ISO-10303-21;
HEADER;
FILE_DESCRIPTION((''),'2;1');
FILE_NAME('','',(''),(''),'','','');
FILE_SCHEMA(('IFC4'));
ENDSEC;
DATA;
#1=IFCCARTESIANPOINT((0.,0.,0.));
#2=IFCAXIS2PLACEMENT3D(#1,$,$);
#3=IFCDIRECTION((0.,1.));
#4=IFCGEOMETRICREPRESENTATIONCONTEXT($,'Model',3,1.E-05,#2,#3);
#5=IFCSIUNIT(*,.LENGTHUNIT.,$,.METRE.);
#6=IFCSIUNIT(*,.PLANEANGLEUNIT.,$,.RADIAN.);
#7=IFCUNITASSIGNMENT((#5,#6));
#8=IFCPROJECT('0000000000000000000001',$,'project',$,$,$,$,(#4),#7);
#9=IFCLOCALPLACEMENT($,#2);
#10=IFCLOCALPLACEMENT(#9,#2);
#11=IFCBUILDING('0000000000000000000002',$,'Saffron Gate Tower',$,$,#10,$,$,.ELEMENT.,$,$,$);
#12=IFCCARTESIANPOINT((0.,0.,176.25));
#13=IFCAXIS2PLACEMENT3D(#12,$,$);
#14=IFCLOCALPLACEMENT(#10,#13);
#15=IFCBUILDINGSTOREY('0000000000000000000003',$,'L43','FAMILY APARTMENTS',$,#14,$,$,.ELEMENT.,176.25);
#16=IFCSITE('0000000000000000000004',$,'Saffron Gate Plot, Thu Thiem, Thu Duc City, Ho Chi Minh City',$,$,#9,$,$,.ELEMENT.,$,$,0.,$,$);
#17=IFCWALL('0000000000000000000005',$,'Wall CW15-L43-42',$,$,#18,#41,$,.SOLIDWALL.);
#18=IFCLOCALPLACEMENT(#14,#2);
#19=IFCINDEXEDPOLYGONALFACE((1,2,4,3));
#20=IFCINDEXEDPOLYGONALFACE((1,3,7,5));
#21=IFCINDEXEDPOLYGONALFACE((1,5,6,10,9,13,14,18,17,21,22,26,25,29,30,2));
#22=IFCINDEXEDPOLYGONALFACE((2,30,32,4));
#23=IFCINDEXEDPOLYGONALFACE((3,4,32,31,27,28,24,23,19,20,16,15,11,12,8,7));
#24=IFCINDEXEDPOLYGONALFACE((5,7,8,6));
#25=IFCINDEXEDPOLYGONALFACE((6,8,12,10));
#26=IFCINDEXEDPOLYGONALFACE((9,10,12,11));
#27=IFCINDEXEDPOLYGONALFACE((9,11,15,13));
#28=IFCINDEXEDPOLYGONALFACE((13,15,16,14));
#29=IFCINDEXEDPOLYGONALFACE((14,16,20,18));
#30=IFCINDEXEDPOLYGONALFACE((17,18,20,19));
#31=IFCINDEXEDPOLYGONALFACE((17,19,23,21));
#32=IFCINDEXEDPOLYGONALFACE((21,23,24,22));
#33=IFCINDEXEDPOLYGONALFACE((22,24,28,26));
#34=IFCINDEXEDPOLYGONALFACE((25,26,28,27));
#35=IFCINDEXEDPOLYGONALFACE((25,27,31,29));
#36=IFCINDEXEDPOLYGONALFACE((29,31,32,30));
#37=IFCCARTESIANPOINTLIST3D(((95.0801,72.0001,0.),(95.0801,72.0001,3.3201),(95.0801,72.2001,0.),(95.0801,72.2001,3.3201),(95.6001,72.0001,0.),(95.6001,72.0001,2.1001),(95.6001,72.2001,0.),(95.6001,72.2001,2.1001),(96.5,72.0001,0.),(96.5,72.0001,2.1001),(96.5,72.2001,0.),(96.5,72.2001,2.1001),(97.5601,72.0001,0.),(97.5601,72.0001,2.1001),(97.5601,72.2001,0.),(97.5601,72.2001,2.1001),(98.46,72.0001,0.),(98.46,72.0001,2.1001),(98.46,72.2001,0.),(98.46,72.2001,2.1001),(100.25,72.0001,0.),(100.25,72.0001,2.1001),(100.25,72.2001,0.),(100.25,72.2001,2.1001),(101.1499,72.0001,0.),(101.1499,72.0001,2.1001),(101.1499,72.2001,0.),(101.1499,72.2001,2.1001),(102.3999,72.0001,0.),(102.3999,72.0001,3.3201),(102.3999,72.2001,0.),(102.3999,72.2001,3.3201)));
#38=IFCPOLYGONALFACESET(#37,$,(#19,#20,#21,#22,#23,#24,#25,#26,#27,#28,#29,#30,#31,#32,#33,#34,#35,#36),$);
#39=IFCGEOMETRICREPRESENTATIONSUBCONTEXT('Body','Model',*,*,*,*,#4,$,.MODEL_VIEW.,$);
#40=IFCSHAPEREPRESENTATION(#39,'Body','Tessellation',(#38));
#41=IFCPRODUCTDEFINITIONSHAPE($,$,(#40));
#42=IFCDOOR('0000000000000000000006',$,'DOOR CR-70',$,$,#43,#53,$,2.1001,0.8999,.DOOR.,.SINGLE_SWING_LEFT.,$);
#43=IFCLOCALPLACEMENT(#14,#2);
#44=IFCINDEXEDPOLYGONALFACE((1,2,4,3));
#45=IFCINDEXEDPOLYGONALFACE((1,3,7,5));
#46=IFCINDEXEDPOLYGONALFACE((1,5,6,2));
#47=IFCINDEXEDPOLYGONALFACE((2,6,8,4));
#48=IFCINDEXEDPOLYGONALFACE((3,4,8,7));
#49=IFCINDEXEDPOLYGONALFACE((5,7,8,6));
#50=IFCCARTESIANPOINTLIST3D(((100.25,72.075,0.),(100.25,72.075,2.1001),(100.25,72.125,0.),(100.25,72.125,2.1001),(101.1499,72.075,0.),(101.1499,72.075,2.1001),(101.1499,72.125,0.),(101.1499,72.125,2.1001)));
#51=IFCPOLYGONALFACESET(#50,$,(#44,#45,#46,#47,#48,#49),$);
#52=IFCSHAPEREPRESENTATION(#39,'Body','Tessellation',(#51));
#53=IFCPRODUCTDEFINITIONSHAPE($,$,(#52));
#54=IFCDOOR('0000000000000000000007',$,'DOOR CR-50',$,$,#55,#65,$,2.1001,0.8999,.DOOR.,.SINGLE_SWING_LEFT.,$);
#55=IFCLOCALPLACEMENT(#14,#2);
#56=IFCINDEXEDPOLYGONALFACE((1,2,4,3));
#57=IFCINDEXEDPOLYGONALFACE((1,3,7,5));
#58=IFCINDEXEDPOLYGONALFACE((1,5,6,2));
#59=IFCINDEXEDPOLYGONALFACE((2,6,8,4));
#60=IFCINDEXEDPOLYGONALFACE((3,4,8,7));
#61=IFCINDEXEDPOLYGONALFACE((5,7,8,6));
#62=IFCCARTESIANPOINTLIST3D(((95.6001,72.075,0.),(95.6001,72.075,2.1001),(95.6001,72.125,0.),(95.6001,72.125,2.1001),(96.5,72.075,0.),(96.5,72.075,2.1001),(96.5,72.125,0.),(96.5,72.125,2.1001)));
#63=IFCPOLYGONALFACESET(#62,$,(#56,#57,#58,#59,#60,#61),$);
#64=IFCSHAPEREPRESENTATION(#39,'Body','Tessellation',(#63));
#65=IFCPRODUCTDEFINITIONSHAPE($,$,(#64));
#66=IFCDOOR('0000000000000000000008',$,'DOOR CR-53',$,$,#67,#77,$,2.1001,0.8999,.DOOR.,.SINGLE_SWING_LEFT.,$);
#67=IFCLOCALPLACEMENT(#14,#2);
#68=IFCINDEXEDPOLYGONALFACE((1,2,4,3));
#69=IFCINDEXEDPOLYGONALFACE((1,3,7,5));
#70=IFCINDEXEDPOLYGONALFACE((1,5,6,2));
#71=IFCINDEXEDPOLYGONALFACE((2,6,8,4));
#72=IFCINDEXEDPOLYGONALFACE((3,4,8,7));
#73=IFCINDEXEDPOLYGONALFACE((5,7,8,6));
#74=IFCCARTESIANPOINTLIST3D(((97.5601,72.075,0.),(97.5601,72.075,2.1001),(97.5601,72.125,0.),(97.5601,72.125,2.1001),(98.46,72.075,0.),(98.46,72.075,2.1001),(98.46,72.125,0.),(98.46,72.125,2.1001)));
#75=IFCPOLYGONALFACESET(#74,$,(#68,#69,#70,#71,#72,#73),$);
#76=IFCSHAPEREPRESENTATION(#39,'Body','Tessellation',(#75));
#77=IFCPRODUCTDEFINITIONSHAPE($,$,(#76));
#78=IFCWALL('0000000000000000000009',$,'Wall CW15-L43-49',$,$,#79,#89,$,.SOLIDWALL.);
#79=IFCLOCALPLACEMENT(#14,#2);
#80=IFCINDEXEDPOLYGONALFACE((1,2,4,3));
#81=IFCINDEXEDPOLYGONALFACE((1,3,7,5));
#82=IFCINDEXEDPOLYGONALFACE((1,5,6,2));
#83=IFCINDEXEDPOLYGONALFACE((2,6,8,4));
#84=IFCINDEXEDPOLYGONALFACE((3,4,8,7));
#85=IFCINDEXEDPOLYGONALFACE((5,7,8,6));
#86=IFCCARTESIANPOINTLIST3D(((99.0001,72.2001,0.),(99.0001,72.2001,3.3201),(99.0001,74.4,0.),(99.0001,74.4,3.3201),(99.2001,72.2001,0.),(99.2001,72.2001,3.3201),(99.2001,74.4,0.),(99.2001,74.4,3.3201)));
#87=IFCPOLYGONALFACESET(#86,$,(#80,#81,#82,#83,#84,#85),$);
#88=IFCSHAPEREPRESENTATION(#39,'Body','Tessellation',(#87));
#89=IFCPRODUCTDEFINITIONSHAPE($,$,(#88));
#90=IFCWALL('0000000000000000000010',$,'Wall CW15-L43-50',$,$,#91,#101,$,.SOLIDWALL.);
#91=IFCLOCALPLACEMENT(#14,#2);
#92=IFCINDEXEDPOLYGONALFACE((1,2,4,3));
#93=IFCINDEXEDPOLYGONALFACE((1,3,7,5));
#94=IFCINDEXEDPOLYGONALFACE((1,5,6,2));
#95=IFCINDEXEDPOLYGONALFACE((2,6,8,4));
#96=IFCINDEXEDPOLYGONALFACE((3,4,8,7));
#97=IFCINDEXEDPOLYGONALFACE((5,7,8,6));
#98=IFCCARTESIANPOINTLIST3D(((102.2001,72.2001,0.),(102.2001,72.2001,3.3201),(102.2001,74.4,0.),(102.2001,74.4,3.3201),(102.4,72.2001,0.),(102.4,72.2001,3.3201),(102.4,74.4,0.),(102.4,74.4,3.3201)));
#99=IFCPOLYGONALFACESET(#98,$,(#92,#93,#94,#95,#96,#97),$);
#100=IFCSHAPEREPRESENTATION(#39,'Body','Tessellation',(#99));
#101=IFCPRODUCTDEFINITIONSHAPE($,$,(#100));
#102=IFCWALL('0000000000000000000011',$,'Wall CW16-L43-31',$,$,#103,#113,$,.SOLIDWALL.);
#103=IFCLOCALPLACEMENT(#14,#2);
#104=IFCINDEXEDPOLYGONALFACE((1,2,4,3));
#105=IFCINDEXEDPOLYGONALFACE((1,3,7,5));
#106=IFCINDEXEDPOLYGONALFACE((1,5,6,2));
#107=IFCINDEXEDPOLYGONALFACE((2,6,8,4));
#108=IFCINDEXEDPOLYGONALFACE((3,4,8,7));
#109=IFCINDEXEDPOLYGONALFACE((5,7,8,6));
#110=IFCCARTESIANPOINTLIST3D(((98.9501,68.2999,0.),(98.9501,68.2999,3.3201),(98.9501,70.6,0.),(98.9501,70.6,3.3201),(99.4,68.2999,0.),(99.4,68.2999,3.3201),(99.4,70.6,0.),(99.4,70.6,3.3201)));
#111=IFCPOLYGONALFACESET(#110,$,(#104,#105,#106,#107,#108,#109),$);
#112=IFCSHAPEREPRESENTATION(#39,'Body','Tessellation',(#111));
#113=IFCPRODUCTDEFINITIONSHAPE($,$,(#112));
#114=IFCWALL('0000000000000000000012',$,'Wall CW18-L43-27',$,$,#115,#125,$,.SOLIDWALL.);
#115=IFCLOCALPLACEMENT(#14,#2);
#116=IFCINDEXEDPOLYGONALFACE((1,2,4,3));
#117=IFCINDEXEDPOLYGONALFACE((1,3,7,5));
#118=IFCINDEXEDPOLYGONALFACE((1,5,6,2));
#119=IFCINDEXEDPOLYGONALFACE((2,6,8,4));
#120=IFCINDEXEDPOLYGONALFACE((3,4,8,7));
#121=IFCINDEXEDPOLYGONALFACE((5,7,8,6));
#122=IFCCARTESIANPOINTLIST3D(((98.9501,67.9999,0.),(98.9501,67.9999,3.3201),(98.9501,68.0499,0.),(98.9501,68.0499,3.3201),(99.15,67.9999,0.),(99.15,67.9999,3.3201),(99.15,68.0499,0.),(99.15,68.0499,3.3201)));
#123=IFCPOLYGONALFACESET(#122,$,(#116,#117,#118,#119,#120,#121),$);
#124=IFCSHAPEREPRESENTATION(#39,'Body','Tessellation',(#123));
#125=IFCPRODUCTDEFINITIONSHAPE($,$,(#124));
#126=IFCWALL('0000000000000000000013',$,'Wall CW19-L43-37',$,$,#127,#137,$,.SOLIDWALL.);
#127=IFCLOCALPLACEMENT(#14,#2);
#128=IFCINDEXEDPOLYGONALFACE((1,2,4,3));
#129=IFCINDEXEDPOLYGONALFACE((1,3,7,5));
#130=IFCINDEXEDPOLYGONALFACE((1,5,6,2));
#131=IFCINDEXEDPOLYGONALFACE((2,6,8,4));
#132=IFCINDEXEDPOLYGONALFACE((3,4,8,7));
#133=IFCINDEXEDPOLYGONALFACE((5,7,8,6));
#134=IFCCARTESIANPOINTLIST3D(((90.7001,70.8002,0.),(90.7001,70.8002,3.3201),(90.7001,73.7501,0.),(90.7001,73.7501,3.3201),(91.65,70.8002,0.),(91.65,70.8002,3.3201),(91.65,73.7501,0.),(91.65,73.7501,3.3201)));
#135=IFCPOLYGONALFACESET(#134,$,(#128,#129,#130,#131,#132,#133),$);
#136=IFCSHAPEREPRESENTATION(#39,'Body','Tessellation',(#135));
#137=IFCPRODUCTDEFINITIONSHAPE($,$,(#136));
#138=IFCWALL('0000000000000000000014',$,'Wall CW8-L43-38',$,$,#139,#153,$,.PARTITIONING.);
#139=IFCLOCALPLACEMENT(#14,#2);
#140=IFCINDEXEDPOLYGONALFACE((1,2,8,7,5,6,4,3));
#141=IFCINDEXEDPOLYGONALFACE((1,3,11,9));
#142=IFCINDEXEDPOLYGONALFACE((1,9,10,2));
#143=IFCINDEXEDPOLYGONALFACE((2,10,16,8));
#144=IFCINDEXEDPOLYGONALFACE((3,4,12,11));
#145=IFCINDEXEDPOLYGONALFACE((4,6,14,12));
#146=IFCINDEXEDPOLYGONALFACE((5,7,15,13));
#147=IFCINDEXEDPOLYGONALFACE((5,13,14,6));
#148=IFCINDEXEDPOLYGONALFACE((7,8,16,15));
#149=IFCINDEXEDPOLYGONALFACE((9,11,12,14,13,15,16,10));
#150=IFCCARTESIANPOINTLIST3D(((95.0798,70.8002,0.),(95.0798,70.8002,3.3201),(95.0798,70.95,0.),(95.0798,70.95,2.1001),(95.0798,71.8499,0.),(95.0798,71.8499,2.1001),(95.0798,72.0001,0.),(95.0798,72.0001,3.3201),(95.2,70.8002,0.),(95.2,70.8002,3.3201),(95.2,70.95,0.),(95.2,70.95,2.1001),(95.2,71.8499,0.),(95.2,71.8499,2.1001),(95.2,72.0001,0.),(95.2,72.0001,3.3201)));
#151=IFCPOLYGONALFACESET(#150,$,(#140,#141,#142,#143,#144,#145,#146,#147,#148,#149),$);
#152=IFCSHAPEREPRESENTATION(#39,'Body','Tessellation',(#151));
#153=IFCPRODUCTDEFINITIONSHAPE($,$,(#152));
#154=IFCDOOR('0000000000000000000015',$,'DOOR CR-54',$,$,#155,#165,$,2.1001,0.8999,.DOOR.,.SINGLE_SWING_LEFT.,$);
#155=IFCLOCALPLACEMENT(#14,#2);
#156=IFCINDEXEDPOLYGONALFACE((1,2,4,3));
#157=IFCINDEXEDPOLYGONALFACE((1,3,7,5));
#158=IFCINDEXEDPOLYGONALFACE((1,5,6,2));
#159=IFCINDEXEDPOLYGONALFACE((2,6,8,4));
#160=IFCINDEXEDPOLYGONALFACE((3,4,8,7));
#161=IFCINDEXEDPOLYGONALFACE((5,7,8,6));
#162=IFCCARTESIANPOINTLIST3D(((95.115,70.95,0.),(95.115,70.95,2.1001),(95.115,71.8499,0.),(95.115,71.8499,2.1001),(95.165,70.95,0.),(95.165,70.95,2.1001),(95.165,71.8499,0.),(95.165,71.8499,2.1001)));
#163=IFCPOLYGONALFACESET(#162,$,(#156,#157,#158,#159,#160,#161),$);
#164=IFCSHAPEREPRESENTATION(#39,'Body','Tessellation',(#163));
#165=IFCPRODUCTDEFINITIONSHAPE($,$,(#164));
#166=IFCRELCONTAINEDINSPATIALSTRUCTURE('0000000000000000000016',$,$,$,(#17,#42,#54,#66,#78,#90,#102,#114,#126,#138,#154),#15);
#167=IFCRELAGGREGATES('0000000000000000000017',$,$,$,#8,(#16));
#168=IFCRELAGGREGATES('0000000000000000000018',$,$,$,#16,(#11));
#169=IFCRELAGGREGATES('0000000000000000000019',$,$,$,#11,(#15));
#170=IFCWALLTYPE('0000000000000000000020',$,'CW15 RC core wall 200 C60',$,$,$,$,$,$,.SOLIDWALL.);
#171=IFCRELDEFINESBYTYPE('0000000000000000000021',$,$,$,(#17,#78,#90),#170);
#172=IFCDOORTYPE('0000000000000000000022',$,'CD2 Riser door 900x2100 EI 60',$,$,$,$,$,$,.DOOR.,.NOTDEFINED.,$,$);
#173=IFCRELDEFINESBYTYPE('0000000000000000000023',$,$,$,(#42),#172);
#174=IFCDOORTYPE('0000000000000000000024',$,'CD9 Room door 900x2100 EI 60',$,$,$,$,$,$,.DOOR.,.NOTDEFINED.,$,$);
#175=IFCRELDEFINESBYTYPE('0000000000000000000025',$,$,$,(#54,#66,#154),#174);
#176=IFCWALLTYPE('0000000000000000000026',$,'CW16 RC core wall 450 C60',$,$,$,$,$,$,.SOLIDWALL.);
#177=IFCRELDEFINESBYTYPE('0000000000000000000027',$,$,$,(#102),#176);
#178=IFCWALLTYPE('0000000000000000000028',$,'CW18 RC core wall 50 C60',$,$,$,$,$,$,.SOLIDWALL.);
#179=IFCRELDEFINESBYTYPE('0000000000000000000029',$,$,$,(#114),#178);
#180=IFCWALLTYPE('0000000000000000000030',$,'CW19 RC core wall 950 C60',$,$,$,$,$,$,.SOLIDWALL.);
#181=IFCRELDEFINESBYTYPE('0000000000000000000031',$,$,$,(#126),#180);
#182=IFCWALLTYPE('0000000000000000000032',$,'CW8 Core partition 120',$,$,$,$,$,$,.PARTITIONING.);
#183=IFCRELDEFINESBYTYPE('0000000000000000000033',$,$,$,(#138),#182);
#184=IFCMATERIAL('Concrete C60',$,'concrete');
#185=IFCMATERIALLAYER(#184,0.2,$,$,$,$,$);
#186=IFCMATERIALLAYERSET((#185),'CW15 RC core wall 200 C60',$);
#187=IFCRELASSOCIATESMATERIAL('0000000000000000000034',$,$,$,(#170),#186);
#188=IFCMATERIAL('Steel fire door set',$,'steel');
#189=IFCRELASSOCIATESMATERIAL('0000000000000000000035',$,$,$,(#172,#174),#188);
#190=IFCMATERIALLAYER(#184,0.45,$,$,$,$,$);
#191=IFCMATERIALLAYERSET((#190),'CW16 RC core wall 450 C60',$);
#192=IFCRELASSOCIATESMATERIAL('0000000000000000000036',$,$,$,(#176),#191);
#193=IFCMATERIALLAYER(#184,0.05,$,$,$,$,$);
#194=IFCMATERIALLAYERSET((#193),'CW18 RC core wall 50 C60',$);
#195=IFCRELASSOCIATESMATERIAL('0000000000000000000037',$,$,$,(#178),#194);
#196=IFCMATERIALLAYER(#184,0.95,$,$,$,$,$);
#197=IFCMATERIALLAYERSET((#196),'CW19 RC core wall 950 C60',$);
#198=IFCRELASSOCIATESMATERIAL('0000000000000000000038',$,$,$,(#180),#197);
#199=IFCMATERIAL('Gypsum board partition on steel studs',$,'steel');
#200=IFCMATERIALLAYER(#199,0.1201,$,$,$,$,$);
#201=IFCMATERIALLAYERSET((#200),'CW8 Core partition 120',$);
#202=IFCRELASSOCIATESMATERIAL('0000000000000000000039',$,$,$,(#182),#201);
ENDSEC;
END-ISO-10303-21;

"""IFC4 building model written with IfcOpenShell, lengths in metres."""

from ifc_helpers import new_model, si_unit, direction, frame, frame_2d, origin, place, context, subcontext, project, spatial, rectangle, extrude, material, layer, layer_set, type_object, element, fill, save


model = new_model("IFC4")

# Units and contexts
model_context = context("Model", 3, precision=1e-05, world=origin(), true_north=direction((0.0, 1.0)))
body_context = subcontext(model_context, "Body", "Model", "MODEL_VIEW")
ifc_project = project(units=[si_unit("LENGTHUNIT", "METRE"), si_unit("PLANEANGLEUNIT", "RADIAN")], contexts=[model_context])

# Site, building, storey
site_placement = place(None, origin())
site = spatial("IfcSite", under=ifc_project, at=site_placement, Name="Saffron Gate Plot, Thu Thiem, Thu Duc City, Ho Chi Minh City", CompositionType="ELEMENT", RefElevation=0.0)
building_placement = place(site_placement, origin())
building = spatial("IfcBuilding", under=site, at=building_placement, Name="Saffron Gate Tower", CompositionType="ELEMENT")
storey_placement = place(building_placement, frame((0.0, 0.0, 176.25)))
storey = spatial("IfcBuildingStorey", under=building, at=storey_placement, Name="L43", Description="FAMILY APARTMENTS", CompositionType="ELEMENT", Elevation=176.25)

# Shared definitions
ifc_material_1 = material(Name="Gypsum board partition on steel studs", Category="steel")
ifc_material_2 = material(Name="Concrete C60", Category="concrete")

# Shared definitions
ifc_material_3 = material(Name="Steel fire door set", Category="steel")

# Shared definitions
ifc_layer_1 = layer(ifc_material_2, 0.2)
ifc_layer_set_1 = layer_set([ifc_layer_1], Name="CW15 RC core wall 200 C60")
wall_type_1 = type_object("IfcWallType", Name="CW15 RC core wall 200 C60", PredefinedType="SOLIDWALL", material=ifc_layer_set_1)

# Wall, openings, doors
wall_1_placement = place(storey_placement, frame((95.0801, 72.1001, 0.0), z_axis=(0.0, 0.0, 1.0), x_axis=(1.0, 0.0, 0.0)))
wall_1 = element("IfcWall", 1, at=wall_1_placement, inside=storey, type_object=wall_type_1, Name="Wall CW15-L43-42", PredefinedType="SOLIDWALL", context=body_context, shape_type="SweptSolid", body=[
    extrude(rectangle(XDim=7.3198, YDim=0.2, at=frame_2d((3.6599, 0.0))), origin(), (0.0, 0.0, 1.0), 3.3201),
])
opening_1_placement = place(wall_1_placement, frame((0.52, 0.0, 0.0)))
opening_1 = element("IfcOpeningElement", 2, at=opening_1_placement, cuts=wall_1, PredefinedType="OPENING", context=body_context, shape_type="SweptSolid", body=[
    extrude(rectangle(XDim=0.8999, YDim=2.1001, at=frame_2d((0.45, 1.05))), frame((0.0, 0.1099, 0.0), z_axis=(0.0, -1.0, 0.0), x_axis=(1.0, 0.0, 0.0)), (0.0, 0.0, 1.0), 0.22),
])
opening_2_placement = place(wall_1_placement, frame((2.48, 0.0, 0.0)))
opening_2 = element("IfcOpeningElement", 3, at=opening_2_placement, cuts=wall_1, PredefinedType="OPENING", context=body_context, shape_type="SweptSolid", body=[
    extrude(rectangle(XDim=0.8999, YDim=2.1001, at=frame_2d((0.45, 1.05))), frame((0.0, 0.1099, 0.0), z_axis=(0.0, -1.0, 0.0), x_axis=(1.0, 0.0, 0.0)), (0.0, 0.0, 1.0), 0.22),
])
opening_3_placement = place(wall_1_placement, frame((5.1699, 0.0, 0.0)))
opening_3 = element("IfcOpeningElement", 4, at=opening_3_placement, cuts=wall_1, PredefinedType="OPENING", context=body_context, shape_type="SweptSolid", body=[
    extrude(rectangle(XDim=0.8999, YDim=2.1001, at=frame_2d((0.45, 1.05))), frame((0.0, 0.1099, 0.0), z_axis=(0.0, -1.0, 0.0), x_axis=(1.0, 0.0, 0.0)), (0.0, 0.0, 1.0), 0.22),
])
door_type_1 = type_object("IfcDoorType", Name="CD2 Riser door 900x2100 EI 60", OperationType="NOTDEFINED", PredefinedType="DOOR", material=ifc_material_3)
door_1_placement = place(opening_3_placement, origin())
door_1 = element("IfcDoor", 5, at=door_1_placement, inside=storey, type_object=door_type_1, Name="DOOR CR-70", OperationType="SINGLE_SWING_LEFT", OverallHeight=2.1001, OverallWidth=0.8999, PredefinedType="DOOR", context=body_context, shape_type="SweptSolid", body=[
    extrude(rectangle(XDim=0.8999, YDim=2.1001, at=frame_2d((0.45, 1.05))), frame((0.0, 0.0249, 0.0), z_axis=(0.0, -1.0, 0.0), x_axis=(1.0, 0.0, 0.0)), (0.0, 0.0, 1.0), 0.05),
])
fill(opening_3, door_1)
door_type_2 = type_object("IfcDoorType", Name="CD9 Room door 900x2100 EI 60", OperationType="NOTDEFINED", PredefinedType="DOOR", material=ifc_material_3)
door_2_placement = place(opening_1_placement, origin())
door_2 = element("IfcDoor", 6, at=door_2_placement, inside=storey, type_object=door_type_2, Name="DOOR CR-50", OperationType="SINGLE_SWING_LEFT", OverallHeight=2.1001, OverallWidth=0.8999, PredefinedType="DOOR", context=body_context, shape_type="SweptSolid", body=[
    extrude(rectangle(XDim=0.8999, YDim=2.1001, at=frame_2d((0.45, 1.05))), frame((0.0, 0.0249, 0.0), z_axis=(0.0, -1.0, 0.0), x_axis=(1.0, 0.0, 0.0)), (0.0, 0.0, 1.0), 0.05),
])
fill(opening_1, door_2)
door_3_placement = place(opening_2_placement, origin())
door_3 = element("IfcDoor", 7, at=door_3_placement, inside=storey, type_object=door_type_2, Name="DOOR CR-53", OperationType="SINGLE_SWING_LEFT", OverallHeight=2.1001, OverallWidth=0.8999, PredefinedType="DOOR", context=body_context, shape_type="SweptSolid", body=[
    extrude(rectangle(XDim=0.8999, YDim=2.1001, at=frame_2d((0.45, 1.05))), frame((0.0, 0.0249, 0.0), z_axis=(0.0, -1.0, 0.0), x_axis=(1.0, 0.0, 0.0)), (0.0, 0.0, 1.0), 0.05),
])
fill(opening_2, door_3)

# Walls
for number, where, z_axis, x_axis, name in (
    (8, (99.1001, 72.2, 0.0), (0.0, 0.0, 1.0), (0.0, 1.0, 0.0), "Wall CW15-L43-49"),
    (9, (102.3, 72.2, 0.0), (0.0, 0.0, 1.0), (0.0, 1.0, 0.0), "Wall CW15-L43-50"),
):
    element("IfcWall", number, at=place(storey_placement, frame(where, z_axis=z_axis, x_axis=x_axis)), inside=storey, type_object=wall_type_1, Name=name, PredefinedType="SOLIDWALL", context=body_context, shape_type="SweptSolid", body=[
        extrude(rectangle(XDim=2.2, YDim=0.2, at=frame_2d((1.1001, 0.0))), origin(), (0.0, 0.0, 1.0), 3.3201),
    ])
ifc_layer_2 = layer(ifc_material_2, 0.45)
ifc_layer_set_2 = layer_set([ifc_layer_2], Name="CW16 RC core wall 450 C60")
wall_type_2 = type_object("IfcWallType", Name="CW16 RC core wall 450 C60", PredefinedType="SOLIDWALL", material=ifc_layer_set_2)
wall_2_placement = place(storey_placement, frame((99.175, 68.3, 0.0), z_axis=(0.0, 0.0, 1.0), x_axis=(0.0, 1.0, 0.0)))
element("IfcWall", 10, at=wall_2_placement, inside=storey, type_object=wall_type_2, Name="Wall CW16-L43-31", PredefinedType="SOLIDWALL", context=body_context, shape_type="SweptSolid", body=[
    extrude(rectangle(XDim=2.3, YDim=0.45, at=frame_2d((1.1499, 0.0))), origin(), (0.0, 0.0, 1.0), 3.3201),
])
ifc_layer_3 = layer(ifc_material_2, 0.05)
ifc_layer_set_3 = layer_set([ifc_layer_3], Name="CW18 RC core wall 50 C60")
wall_type_3 = type_object("IfcWallType", Name="CW18 RC core wall 50 C60", PredefinedType="SOLIDWALL", material=ifc_layer_set_3)
wall_3_placement = place(storey_placement, frame((98.95, 68.0249, 0.0), z_axis=(0.0, 0.0, 1.0), x_axis=(1.0, 0.0, 0.0)))
element("IfcWall", 11, at=wall_3_placement, inside=storey, type_object=wall_type_3, Name="Wall CW18-L43-27", PredefinedType="SOLIDWALL", context=body_context, shape_type="SweptSolid", body=[
    extrude(rectangle(XDim=0.2, YDim=0.05, at=frame_2d((0.1001, 0.0))), origin(), (0.0, 0.0, 1.0), 3.3201),
])
ifc_layer_4 = layer(ifc_material_2, 0.95)
ifc_layer_set_4 = layer_set([ifc_layer_4], Name="CW19 RC core wall 950 C60")
wall_type_4 = type_object("IfcWallType", Name="CW19 RC core wall 950 C60", PredefinedType="SOLIDWALL", material=ifc_layer_set_4)
wall_4_placement = place(storey_placement, frame((91.175, 70.8, 0.0), z_axis=(0.0, 0.0, 1.0), x_axis=(0.0, 1.0, 0.0)))
element("IfcWall", 12, at=wall_4_placement, inside=storey, type_object=wall_type_4, Name="Wall CW19-L43-37", PredefinedType="SOLIDWALL", context=body_context, shape_type="SweptSolid", body=[
    extrude(rectangle(XDim=2.95, YDim=0.95, at=frame_2d((1.4751, 0.0))), origin(), (0.0, 0.0, 1.0), 3.3201),
])

# Wall, opening, door
ifc_layer_5 = layer(ifc_material_1, 0.1201)
ifc_layer_set_5 = layer_set([ifc_layer_5], Name="CW8 Core partition 120")
wall_type_5 = type_object("IfcWallType", Name="CW8 Core partition 120", PredefinedType="PARTITIONING", material=ifc_layer_set_5)
wall_5_placement = place(storey_placement, frame((95.1399, 70.8, 0.0), z_axis=(0.0, 0.0, 1.0), x_axis=(0.0, 1.0, 0.0)))
wall_5 = element("IfcWall", 13, at=wall_5_placement, inside=storey, type_object=wall_type_5, Name="Wall CW8-L43-38", PredefinedType="PARTITIONING", context=body_context, shape_type="SweptSolid", body=[
    extrude(rectangle(XDim=1.2, YDim=0.1201, at=frame_2d((0.6001, 0.0))), origin(), (0.0, 0.0, 1.0), 3.3201),
])
opening_4_placement = place(wall_5_placement, frame((0.1499, 0.0, 0.0)))
opening_4 = element("IfcOpeningElement", 14, at=opening_4_placement, cuts=wall_5, PredefinedType="OPENING", context=body_context, shape_type="SweptSolid", body=[
    extrude(rectangle(XDim=0.8999, YDim=2.1001, at=frame_2d((0.45, 1.05))), frame((0.0, 0.0701, 0.0), z_axis=(0.0, -1.0, 0.0), x_axis=(1.0, 0.0, 0.0)), (0.0, 0.0, 1.0), 0.1401),
])
door_4_placement = place(opening_4_placement, origin())
door_4 = element("IfcDoor", 15, at=door_4_placement, inside=storey, type_object=door_type_2, Name="DOOR CR-54", OperationType="SINGLE_SWING_LEFT", OverallHeight=2.1001, OverallWidth=0.8999, PredefinedType="DOOR", context=body_context, shape_type="SweptSolid", body=[
    extrude(rectangle(XDim=0.8999, YDim=2.1001, at=frame_2d((0.45, 1.05))), frame((0.0, 0.0249, 0.0), z_axis=(0.0, -1.0, 0.0), x_axis=(1.0, 0.0, 0.0)), (0.0, 0.0, 1.0), 0.05),
])
fill(opening_4, door_4)

save(model, "model.ifc")
